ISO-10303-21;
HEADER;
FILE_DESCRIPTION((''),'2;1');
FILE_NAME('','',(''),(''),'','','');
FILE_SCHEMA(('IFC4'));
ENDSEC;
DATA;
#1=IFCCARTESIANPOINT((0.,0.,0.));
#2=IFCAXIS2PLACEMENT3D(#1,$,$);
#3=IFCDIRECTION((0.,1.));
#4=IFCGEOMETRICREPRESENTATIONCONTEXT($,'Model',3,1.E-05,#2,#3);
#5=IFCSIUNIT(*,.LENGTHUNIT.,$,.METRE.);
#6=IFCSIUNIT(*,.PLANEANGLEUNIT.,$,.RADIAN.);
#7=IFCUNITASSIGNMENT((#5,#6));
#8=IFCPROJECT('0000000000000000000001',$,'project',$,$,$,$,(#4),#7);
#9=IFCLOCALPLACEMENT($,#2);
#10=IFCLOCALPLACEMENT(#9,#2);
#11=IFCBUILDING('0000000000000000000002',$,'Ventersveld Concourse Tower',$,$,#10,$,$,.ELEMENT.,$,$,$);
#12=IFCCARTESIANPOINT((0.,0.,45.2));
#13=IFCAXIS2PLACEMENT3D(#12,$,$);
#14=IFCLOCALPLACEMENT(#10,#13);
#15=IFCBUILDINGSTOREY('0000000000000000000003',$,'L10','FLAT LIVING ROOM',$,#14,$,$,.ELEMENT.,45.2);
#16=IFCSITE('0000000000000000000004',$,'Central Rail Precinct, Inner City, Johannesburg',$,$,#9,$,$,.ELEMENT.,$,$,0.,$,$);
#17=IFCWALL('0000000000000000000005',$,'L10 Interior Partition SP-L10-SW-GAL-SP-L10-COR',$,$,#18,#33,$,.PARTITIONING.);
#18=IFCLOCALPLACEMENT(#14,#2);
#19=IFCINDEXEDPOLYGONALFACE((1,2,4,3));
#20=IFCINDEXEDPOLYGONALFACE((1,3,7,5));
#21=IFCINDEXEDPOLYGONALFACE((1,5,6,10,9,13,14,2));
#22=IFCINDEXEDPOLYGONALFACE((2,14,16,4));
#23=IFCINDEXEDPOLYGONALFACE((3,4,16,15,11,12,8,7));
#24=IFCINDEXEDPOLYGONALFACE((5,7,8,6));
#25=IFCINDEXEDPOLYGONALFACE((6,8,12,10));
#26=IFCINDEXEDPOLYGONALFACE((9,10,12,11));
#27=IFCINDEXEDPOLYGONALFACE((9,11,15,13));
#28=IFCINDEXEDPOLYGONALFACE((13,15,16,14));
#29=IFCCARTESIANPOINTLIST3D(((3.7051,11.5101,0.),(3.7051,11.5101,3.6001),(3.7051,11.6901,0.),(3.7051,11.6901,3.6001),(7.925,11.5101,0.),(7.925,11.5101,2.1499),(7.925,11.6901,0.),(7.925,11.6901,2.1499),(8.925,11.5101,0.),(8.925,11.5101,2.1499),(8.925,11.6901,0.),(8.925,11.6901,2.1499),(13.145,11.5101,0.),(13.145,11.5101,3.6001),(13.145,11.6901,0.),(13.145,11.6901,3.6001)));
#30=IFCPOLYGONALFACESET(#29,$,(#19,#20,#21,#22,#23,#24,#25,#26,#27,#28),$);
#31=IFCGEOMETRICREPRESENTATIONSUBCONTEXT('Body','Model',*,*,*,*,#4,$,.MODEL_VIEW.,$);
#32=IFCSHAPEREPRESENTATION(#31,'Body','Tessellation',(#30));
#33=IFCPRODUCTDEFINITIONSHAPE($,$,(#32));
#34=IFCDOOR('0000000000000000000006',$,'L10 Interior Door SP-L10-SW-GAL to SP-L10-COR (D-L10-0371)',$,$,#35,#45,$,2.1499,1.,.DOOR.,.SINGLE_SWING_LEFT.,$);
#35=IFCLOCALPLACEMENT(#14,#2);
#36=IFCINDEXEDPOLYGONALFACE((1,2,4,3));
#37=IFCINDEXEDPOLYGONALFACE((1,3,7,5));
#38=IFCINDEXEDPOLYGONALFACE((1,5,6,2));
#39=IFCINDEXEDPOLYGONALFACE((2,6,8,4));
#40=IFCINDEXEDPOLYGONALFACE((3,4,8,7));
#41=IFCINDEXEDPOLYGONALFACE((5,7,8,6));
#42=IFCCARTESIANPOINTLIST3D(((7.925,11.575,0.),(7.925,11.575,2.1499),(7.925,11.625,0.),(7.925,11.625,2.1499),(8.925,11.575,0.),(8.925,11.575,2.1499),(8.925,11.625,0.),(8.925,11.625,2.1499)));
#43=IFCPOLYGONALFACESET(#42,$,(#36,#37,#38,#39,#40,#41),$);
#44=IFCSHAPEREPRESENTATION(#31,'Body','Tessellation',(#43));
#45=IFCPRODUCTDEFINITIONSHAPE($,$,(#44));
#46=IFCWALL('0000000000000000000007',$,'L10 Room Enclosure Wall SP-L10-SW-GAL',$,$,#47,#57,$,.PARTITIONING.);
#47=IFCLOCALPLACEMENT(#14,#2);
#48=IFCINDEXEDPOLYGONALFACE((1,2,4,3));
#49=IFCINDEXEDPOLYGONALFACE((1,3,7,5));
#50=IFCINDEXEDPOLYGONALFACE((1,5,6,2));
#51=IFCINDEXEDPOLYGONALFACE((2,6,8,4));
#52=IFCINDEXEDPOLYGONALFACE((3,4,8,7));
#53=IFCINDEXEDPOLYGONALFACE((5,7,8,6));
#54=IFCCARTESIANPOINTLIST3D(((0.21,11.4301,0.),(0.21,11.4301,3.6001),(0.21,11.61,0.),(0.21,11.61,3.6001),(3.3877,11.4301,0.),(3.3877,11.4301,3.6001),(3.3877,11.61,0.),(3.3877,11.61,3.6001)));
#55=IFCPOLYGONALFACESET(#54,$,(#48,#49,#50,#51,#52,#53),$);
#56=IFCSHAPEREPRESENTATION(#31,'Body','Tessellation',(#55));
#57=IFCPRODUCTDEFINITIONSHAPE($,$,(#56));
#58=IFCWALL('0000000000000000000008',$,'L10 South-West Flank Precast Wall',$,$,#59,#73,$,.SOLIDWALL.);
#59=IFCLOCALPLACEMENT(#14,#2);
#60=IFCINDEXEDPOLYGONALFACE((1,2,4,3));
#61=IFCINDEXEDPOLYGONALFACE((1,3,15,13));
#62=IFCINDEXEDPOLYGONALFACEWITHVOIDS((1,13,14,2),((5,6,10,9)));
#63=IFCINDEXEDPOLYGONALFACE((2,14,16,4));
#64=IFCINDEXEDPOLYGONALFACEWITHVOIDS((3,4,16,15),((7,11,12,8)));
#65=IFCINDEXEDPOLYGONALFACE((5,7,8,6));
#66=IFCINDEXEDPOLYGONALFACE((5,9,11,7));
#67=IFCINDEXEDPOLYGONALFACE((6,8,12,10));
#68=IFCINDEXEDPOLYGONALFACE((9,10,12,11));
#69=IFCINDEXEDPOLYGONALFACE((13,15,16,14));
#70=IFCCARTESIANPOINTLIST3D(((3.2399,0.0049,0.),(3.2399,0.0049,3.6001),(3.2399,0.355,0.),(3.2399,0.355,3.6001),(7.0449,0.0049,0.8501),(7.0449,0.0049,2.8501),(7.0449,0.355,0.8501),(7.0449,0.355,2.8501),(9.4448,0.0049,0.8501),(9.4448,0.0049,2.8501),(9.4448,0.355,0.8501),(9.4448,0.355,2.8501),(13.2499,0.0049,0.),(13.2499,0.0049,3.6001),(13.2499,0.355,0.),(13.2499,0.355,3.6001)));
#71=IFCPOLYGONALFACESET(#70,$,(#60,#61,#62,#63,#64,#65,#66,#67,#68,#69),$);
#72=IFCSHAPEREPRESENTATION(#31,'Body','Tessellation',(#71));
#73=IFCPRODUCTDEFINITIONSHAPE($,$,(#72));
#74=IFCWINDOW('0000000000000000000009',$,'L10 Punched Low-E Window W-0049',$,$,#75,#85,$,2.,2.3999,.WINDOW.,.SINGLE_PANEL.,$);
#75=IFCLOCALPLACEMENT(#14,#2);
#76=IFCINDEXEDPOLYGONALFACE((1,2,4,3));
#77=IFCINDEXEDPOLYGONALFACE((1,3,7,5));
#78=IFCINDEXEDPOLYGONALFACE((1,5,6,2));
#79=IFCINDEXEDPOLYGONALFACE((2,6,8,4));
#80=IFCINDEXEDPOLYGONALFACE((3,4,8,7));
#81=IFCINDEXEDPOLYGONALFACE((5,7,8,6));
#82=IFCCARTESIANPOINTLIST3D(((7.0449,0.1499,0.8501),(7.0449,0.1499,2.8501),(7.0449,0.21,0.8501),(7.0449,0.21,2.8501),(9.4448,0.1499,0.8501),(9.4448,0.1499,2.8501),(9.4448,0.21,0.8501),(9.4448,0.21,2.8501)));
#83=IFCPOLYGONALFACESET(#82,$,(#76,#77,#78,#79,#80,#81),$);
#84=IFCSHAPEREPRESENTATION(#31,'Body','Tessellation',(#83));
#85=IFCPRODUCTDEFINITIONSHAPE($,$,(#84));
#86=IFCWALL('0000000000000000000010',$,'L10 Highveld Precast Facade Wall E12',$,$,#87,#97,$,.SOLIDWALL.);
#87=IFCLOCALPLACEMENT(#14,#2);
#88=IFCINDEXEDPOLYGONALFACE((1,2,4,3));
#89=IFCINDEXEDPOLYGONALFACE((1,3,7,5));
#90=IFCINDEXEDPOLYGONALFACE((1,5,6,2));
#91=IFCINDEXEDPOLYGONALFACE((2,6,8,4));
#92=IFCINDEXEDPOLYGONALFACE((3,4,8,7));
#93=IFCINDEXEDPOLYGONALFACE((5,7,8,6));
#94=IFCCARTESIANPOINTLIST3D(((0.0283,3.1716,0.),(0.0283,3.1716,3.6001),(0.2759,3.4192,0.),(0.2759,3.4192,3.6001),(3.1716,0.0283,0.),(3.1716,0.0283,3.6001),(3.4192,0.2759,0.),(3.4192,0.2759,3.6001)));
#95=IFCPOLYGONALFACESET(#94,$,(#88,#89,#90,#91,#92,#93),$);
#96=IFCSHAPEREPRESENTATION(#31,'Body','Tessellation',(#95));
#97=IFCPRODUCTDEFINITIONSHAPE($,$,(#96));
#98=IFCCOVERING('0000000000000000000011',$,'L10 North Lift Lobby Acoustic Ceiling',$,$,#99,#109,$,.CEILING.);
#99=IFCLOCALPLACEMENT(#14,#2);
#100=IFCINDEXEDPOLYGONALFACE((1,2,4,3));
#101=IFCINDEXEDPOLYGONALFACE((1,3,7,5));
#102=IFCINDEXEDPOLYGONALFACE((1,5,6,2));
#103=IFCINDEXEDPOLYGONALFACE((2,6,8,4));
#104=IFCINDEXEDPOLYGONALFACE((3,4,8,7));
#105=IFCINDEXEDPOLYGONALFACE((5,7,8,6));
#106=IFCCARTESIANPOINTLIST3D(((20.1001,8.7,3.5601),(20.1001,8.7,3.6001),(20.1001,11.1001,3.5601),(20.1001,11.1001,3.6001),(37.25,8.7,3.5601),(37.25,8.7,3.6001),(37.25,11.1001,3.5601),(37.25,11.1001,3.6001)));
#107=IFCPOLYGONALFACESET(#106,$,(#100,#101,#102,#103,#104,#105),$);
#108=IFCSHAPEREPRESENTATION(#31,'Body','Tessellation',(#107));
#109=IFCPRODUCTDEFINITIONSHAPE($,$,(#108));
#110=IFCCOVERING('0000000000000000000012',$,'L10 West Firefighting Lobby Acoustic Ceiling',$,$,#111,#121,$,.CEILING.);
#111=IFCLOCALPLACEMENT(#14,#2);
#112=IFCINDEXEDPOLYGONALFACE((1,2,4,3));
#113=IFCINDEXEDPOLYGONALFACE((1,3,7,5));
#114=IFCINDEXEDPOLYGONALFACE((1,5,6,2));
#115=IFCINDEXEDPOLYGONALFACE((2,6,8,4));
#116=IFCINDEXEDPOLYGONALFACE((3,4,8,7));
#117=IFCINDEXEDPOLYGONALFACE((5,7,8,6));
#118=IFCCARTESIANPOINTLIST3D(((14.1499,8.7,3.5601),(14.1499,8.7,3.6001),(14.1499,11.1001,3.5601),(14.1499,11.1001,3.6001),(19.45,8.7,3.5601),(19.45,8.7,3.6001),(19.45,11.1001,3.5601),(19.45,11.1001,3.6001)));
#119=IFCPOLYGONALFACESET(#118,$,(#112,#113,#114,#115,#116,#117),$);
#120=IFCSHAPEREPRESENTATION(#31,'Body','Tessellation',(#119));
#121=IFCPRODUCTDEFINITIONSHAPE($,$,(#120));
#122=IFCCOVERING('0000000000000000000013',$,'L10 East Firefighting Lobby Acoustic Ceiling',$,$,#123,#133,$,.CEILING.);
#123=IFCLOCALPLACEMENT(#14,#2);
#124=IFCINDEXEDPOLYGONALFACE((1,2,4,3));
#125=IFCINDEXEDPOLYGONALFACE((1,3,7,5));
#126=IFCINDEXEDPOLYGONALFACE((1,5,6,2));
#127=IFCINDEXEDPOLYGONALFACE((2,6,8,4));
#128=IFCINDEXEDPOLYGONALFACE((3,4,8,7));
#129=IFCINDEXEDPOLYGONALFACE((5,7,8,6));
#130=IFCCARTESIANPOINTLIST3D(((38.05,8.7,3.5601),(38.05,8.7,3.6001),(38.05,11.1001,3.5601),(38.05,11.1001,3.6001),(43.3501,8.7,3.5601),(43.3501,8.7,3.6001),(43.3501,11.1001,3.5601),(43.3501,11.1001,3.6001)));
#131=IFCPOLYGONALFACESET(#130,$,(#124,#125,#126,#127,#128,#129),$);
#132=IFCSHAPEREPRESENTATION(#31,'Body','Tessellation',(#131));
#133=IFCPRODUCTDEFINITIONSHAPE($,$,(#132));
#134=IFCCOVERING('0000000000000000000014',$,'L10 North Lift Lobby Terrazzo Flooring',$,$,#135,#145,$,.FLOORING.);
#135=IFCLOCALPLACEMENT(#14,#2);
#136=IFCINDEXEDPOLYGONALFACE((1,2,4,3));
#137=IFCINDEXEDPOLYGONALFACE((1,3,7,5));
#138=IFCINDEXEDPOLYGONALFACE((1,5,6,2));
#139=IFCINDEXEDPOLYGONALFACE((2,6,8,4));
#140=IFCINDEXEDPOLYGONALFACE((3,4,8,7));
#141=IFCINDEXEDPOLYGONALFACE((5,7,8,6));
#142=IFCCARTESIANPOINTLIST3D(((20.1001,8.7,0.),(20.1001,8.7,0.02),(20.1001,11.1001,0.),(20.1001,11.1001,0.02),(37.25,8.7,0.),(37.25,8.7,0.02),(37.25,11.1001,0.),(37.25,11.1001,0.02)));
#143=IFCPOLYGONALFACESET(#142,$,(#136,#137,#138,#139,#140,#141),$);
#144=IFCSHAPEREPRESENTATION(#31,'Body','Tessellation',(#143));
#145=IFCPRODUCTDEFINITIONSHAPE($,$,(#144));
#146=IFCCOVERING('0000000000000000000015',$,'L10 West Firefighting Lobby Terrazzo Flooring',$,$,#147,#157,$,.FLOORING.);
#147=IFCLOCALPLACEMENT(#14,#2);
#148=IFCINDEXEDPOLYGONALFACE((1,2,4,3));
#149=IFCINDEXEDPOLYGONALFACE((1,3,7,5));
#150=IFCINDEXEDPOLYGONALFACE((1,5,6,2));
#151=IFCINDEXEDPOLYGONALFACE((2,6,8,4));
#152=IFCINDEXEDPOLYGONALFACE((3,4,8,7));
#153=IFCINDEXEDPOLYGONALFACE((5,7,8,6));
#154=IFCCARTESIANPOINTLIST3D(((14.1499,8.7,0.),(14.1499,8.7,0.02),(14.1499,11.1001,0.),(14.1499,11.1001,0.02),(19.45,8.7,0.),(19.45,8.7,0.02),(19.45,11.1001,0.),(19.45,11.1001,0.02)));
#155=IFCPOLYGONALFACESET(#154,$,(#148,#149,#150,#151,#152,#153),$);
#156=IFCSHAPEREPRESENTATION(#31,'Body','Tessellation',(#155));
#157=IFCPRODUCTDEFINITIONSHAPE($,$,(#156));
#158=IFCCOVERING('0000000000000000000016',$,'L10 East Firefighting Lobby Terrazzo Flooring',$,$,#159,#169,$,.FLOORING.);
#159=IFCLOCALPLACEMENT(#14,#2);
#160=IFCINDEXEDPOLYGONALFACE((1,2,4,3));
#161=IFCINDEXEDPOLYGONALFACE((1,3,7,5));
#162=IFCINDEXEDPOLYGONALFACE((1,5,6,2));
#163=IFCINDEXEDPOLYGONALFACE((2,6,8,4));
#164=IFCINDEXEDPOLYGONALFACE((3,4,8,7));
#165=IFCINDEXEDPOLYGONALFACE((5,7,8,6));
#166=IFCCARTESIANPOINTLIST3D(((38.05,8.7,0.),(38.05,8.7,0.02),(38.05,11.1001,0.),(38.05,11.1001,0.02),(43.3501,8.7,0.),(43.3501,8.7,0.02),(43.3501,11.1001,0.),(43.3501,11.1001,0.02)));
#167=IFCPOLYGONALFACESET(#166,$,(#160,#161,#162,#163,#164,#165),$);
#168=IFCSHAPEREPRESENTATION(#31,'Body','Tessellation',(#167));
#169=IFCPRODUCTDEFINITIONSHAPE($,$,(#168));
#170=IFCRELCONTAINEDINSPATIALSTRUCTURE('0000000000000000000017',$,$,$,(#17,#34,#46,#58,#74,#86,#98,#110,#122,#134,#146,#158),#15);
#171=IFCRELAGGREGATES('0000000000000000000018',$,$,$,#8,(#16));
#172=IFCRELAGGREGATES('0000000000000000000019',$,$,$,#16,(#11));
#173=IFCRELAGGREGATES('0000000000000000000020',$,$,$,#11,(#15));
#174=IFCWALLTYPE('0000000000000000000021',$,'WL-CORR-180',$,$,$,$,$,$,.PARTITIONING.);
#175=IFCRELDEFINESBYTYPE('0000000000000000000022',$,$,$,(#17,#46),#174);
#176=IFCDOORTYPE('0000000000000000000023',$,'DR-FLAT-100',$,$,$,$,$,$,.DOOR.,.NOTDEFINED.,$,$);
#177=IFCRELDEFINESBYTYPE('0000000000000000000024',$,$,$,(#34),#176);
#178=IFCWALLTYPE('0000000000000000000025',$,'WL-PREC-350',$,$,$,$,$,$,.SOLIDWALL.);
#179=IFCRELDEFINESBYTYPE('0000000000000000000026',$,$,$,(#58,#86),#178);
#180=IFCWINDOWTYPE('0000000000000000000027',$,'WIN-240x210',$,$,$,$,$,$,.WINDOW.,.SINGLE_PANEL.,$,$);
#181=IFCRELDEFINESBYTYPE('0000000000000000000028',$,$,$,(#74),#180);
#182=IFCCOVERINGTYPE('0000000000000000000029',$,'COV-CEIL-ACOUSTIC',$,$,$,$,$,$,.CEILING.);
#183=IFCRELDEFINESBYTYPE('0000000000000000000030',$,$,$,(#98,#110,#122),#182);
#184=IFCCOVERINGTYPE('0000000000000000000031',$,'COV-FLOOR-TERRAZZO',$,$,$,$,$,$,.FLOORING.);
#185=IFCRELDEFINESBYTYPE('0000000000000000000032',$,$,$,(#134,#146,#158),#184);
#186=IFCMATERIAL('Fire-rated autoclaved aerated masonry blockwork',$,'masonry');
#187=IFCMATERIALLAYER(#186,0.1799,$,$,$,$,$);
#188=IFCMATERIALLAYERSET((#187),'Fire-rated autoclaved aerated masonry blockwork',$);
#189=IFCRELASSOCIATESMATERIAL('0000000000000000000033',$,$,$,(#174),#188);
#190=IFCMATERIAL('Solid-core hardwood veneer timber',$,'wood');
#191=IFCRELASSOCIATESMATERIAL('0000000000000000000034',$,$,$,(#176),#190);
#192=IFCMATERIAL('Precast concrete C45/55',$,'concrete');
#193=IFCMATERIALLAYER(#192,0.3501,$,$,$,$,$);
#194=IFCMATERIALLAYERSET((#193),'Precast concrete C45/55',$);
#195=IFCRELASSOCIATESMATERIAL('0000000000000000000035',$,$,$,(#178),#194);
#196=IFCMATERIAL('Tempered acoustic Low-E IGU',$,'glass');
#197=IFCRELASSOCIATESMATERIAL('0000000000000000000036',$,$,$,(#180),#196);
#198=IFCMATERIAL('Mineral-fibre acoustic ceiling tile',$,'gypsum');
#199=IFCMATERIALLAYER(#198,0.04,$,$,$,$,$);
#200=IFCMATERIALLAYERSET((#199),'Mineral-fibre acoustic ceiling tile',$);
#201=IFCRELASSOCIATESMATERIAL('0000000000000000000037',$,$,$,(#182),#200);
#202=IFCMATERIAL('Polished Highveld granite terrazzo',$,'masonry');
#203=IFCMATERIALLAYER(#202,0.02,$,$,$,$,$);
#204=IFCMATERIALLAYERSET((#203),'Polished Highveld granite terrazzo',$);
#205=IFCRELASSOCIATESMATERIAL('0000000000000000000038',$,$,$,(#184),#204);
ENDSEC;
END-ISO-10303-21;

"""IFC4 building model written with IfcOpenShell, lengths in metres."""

from ifc_helpers import new_model, si_unit, direction, frame, frame_2d, origin, place, context, subcontext, project, spatial, polyline, rectangle, outline, extrude, material, layer, layer_set, type_object, element, fill, save


model = new_model("IFC4")

# Units and contexts
model_context = context("Model", 3, precision=1e-05, world=origin(), true_north=direction((0.0, 1.0)))
body_context = subcontext(model_context, "Body", "Model", "MODEL_VIEW")
ifc_project = project(units=[si_unit("LENGTHUNIT", "METRE"), si_unit("PLANEANGLEUNIT", "RADIAN")], contexts=[model_context])

# Site, building, storey
site_placement = place(None, origin())
site = spatial("IfcSite", under=ifc_project, at=site_placement, Name="Central Rail Precinct, Inner City, Johannesburg", CompositionType="ELEMENT", RefElevation=0.0)
building_placement = place(site_placement, origin())
building = spatial("IfcBuilding", under=site, at=building_placement, Name="Ventersveld Concourse Tower", CompositionType="ELEMENT")
storey_placement = place(building_placement, frame((0.0, 0.0, 45.2)))
storey = spatial("IfcBuildingStorey", under=building, at=storey_placement, Name="L10", Description="FLAT LIVING ROOM", CompositionType="ELEMENT", Elevation=45.2)

# Wall, opening, door
ifc_material_1 = material(Name="Fire-rated autoclaved aerated masonry blockwork", Category="masonry")
ifc_layer_1 = layer(ifc_material_1, 0.1799)
ifc_layer_set_1 = layer_set([ifc_layer_1], Name="Fire-rated autoclaved aerated masonry blockwork")
wall_type_1 = type_object("IfcWallType", Name="WL-CORR-180", PredefinedType="PARTITIONING", material=ifc_layer_set_1)
wall_1_placement = place(storey_placement, frame((3.7051, 11.6001, 0.0), z_axis=(0.0, 0.0, 1.0), x_axis=(1.0, 0.0, 0.0)))
wall_1 = element("IfcWall", 1, at=wall_1_placement, inside=storey, type_object=wall_type_1, Name="L10 Interior Partition SP-L10-SW-GAL-SP-L10-COR", PredefinedType="PARTITIONING", context=body_context, shape_type="SweptSolid", body=[
    extrude(rectangle(XDim=9.4399, YDim=0.1799, at=frame_2d((4.72, 0.0))), origin(), (0.0, 0.0, 1.0), 3.6001),
])
opening_1_placement = place(wall_1_placement, frame((4.22, 0.0, 0.0)))
opening_1 = element("IfcOpeningElement", 2, at=opening_1_placement, cuts=wall_1, PredefinedType="OPENING", context=body_context, shape_type="SweptSolid", body=[
    extrude(rectangle(XDim=1.0, YDim=2.1499, at=frame_2d((0.5, 1.075))), frame((0.0, 0.1001, 0.0), z_axis=(0.0, -1.0, 0.0), x_axis=(1.0, 0.0, 0.0)), (0.0, 0.0, 1.0), 0.2),
])
ifc_material_2 = material(Name="Solid-core hardwood veneer timber", Category="wood")
door_type = type_object("IfcDoorType", Name="DR-FLAT-100", OperationType="NOTDEFINED", PredefinedType="DOOR", material=ifc_material_2)
door_placement = place(opening_1_placement, origin())
door = element("IfcDoor", 3, at=door_placement, inside=storey, type_object=door_type, Name="L10 Interior Door SP-L10-SW-GAL to SP-L10-COR (D-L10-0371)", OperationType="SINGLE_SWING_LEFT", OverallHeight=2.1499, OverallWidth=1.0, PredefinedType="DOOR", context=body_context, shape_type="SweptSolid", body=[
    extrude(rectangle(XDim=1.0, YDim=2.1499, at=frame_2d((0.5, 1.075))), frame((0.0, 0.0249, 0.0), z_axis=(0.0, -1.0, 0.0), x_axis=(1.0, 0.0, 0.0)), (0.0, 0.0, 1.0), 0.05),
])
fill(opening_1, door)

# Wall
wall_2_placement = place(storey_placement, frame((0.21, 11.52, 0.0), z_axis=(0.0, 0.0, 1.0), x_axis=(1.0, 0.0, 0.0)))
element("IfcWall", 4, at=wall_2_placement, inside=storey, type_object=wall_type_1, Name="L10 Room Enclosure Wall SP-L10-SW-GAL", PredefinedType="PARTITIONING", context=body_context, shape_type="SweptSolid", body=[
    extrude(rectangle(XDim=3.1777, YDim=0.1799, at=frame_2d((1.5889, 0.0))), origin(), (0.0, 0.0, 1.0), 3.6001),
])

# Wall, opening, window
ifc_material_3 = material(Name="Precast concrete C45/55", Category="concrete")
ifc_layer_2 = layer(ifc_material_3, 0.3501)
ifc_layer_set_2 = layer_set([ifc_layer_2], Name="Precast concrete C45/55")
wall_type_2 = type_object("IfcWallType", Name="WL-PREC-350", PredefinedType="SOLIDWALL", material=ifc_layer_set_2)
wall_3_placement = place(storey_placement, frame((3.24, 0.1799, 0.0), z_axis=(0.0, 0.0, 1.0), x_axis=(1.0, 0.0, 0.0)))
wall_3 = element("IfcWall", 5, at=wall_3_placement, inside=storey, type_object=wall_type_2, Name="L10 South-West Flank Precast Wall", PredefinedType="SOLIDWALL", context=body_context, shape_type="SweptSolid", body=[
    extrude(rectangle(XDim=10.01, YDim=0.3501, at=frame_2d((5.0049, 0.0))), origin(), (0.0, 0.0, 1.0), 3.6001),
])
opening_2_placement = place(wall_3_placement, frame((3.8049, 0.0, 0.8501)))
opening_2 = element("IfcOpeningElement", 6, at=opening_2_placement, cuts=wall_3, PredefinedType="OPENING", context=body_context, shape_type="SweptSolid", body=[
    extrude(rectangle(XDim=2.3999, YDim=2.0, at=frame_2d((1.2, 1.0))), frame((0.0, 0.1851, 0.0), z_axis=(0.0, -1.0, 0.0), x_axis=(1.0, 0.0, 0.0)), (0.0, 0.0, 1.0), 0.3701),
])
ifc_material_4 = material(Name="Tempered acoustic Low-E IGU", Category="glass")
window_type = type_object("IfcWindowType", Name="WIN-240x210", PartitioningType="SINGLE_PANEL", PredefinedType="WINDOW", material=ifc_material_4)
window_placement = place(opening_2_placement, origin())
window = element("IfcWindow", 7, at=window_placement, inside=storey, type_object=window_type, Name="L10 Punched Low-E Window W-0049", OverallHeight=2.0, OverallWidth=2.3999, PartitioningType="SINGLE_PANEL", PredefinedType="WINDOW", context=body_context, shape_type="SweptSolid", body=[
    extrude(rectangle(XDim=2.3999, YDim=2.0, at=frame_2d((1.2, 1.0))), frame((0.0, 0.03, 0.0), z_axis=(0.0, -1.0, 0.0), x_axis=(1.0, 0.0, 0.0)), (0.0, 0.0, 1.0), 0.0601),
])
fill(opening_2, window)

# Wall
wall_4_placement = place(storey_placement, frame((0.1521, 3.2954, 0.0), z_axis=(0.0, 0.0, 1.0), x_axis=(0.707107, -0.707107, 0.0)))
element("IfcWall", 8, at=wall_4_placement, inside=storey, type_object=wall_type_2, Name="L10 Highveld Precast Facade Wall E12", PredefinedType="SOLIDWALL", context=body_context, shape_type="SweptSolid", body=[
    extrude(rectangle(XDim=4.4453, YDim=0.3501, at=frame_2d((2.2227, 0.0))), origin(), (0.0, 0.0, 1.0), 3.6001),
])

# Coverings
ifc_material_5 = material(Name="Mineral-fibre acoustic ceiling tile", Category="gypsum")
ifc_layer_3 = layer(ifc_material_5, 0.04)
ifc_layer_set_3 = layer_set([ifc_layer_3], Name="Mineral-fibre acoustic ceiling tile")
covering_type_1 = type_object("IfcCoveringType", Name="COV-CEIL-ACOUSTIC", PredefinedType="CEILING", material=ifc_layer_set_3)
covering_1_placement = place(storey_placement, frame((0.0, 0.0, 3.5601)))
element("IfcCovering", 9, at=covering_1_placement, inside=storey, type_object=covering_type_1, Name="L10 North Lift Lobby Acoustic Ceiling", PredefinedType="CEILING", context=body_context, shape_type="SweptSolid", body=[
    extrude(outline(polyline([(20.1001, 8.7), (37.25, 8.7), (37.25, 11.1001), (20.1001, 11.1001), (20.1001, 8.7)])), origin(), (0.0, 0.0, 1.0), 0.04),
])
covering_2_placement = place(storey_placement, frame((0.0, 0.0, 3.5601)))
element("IfcCovering", 10, at=covering_2_placement, inside=storey, type_object=covering_type_1, Name="L10 West Firefighting Lobby Acoustic Ceiling", PredefinedType="CEILING", context=body_context, shape_type="SweptSolid", body=[
    extrude(outline(polyline([(14.1499, 8.7), (19.45, 8.7), (19.45, 11.1001), (14.1499, 11.1001), (14.1499, 8.7)])), origin(), (0.0, 0.0, 1.0), 0.04),
])
covering_3_placement = place(storey_placement, frame((0.0, 0.0, 3.5601)))
element("IfcCovering", 11, at=covering_3_placement, inside=storey, type_object=covering_type_1, Name="L10 East Firefighting Lobby Acoustic Ceiling", PredefinedType="CEILING", context=body_context, shape_type="SweptSolid", body=[
    extrude(outline(polyline([(38.05, 8.7), (43.3501, 8.7), (43.3501, 11.1001), (38.05, 11.1001), (38.05, 8.7)])), origin(), (0.0, 0.0, 1.0), 0.04),
])
ifc_material_6 = material(Name="Polished Highveld granite terrazzo", Category="masonry")
ifc_layer_4 = layer(ifc_material_6, 0.02)
ifc_layer_set_4 = layer_set([ifc_layer_4], Name="Polished Highveld granite terrazzo")
covering_type_2 = type_object("IfcCoveringType", Name="COV-FLOOR-TERRAZZO", PredefinedType="FLOORING", material=ifc_layer_set_4)
covering_4_placement = place(storey_placement, origin())
element("IfcCovering", 12, at=covering_4_placement, inside=storey, type_object=covering_type_2, Name="L10 North Lift Lobby Terrazzo Flooring", PredefinedType="FLOORING", context=body_context, shape_type="SweptSolid", body=[
    extrude(outline(polyline([(20.1001, 8.7), (37.25, 8.7), (37.25, 11.1001), (20.1001, 11.1001), (20.1001, 8.7)])), origin(), (0.0, 0.0, 1.0), 0.02),
])
covering_5_placement = place(storey_placement, origin())
element("IfcCovering", 13, at=covering_5_placement, inside=storey, type_object=covering_type_2, Name="L10 West Firefighting Lobby Terrazzo Flooring", PredefinedType="FLOORING", context=body_context, shape_type="SweptSolid", body=[
    extrude(outline(polyline([(14.1499, 8.7), (19.45, 8.7), (19.45, 11.1001), (14.1499, 11.1001), (14.1499, 8.7)])), origin(), (0.0, 0.0, 1.0), 0.02),
])
covering_6_placement = place(storey_placement, origin())
element("IfcCovering", 14, at=covering_6_placement, inside=storey, type_object=covering_type_2, Name="L10 East Firefighting Lobby Terrazzo Flooring", PredefinedType="FLOORING", context=body_context, shape_type="SweptSolid", body=[
    extrude(outline(polyline([(38.05, 8.7), (43.3501, 8.7), (43.3501, 11.1001), (38.05, 11.1001), (38.05, 8.7)])), origin(), (0.0, 0.0, 1.0), 0.02),
])

save(model, "model.ifc")
